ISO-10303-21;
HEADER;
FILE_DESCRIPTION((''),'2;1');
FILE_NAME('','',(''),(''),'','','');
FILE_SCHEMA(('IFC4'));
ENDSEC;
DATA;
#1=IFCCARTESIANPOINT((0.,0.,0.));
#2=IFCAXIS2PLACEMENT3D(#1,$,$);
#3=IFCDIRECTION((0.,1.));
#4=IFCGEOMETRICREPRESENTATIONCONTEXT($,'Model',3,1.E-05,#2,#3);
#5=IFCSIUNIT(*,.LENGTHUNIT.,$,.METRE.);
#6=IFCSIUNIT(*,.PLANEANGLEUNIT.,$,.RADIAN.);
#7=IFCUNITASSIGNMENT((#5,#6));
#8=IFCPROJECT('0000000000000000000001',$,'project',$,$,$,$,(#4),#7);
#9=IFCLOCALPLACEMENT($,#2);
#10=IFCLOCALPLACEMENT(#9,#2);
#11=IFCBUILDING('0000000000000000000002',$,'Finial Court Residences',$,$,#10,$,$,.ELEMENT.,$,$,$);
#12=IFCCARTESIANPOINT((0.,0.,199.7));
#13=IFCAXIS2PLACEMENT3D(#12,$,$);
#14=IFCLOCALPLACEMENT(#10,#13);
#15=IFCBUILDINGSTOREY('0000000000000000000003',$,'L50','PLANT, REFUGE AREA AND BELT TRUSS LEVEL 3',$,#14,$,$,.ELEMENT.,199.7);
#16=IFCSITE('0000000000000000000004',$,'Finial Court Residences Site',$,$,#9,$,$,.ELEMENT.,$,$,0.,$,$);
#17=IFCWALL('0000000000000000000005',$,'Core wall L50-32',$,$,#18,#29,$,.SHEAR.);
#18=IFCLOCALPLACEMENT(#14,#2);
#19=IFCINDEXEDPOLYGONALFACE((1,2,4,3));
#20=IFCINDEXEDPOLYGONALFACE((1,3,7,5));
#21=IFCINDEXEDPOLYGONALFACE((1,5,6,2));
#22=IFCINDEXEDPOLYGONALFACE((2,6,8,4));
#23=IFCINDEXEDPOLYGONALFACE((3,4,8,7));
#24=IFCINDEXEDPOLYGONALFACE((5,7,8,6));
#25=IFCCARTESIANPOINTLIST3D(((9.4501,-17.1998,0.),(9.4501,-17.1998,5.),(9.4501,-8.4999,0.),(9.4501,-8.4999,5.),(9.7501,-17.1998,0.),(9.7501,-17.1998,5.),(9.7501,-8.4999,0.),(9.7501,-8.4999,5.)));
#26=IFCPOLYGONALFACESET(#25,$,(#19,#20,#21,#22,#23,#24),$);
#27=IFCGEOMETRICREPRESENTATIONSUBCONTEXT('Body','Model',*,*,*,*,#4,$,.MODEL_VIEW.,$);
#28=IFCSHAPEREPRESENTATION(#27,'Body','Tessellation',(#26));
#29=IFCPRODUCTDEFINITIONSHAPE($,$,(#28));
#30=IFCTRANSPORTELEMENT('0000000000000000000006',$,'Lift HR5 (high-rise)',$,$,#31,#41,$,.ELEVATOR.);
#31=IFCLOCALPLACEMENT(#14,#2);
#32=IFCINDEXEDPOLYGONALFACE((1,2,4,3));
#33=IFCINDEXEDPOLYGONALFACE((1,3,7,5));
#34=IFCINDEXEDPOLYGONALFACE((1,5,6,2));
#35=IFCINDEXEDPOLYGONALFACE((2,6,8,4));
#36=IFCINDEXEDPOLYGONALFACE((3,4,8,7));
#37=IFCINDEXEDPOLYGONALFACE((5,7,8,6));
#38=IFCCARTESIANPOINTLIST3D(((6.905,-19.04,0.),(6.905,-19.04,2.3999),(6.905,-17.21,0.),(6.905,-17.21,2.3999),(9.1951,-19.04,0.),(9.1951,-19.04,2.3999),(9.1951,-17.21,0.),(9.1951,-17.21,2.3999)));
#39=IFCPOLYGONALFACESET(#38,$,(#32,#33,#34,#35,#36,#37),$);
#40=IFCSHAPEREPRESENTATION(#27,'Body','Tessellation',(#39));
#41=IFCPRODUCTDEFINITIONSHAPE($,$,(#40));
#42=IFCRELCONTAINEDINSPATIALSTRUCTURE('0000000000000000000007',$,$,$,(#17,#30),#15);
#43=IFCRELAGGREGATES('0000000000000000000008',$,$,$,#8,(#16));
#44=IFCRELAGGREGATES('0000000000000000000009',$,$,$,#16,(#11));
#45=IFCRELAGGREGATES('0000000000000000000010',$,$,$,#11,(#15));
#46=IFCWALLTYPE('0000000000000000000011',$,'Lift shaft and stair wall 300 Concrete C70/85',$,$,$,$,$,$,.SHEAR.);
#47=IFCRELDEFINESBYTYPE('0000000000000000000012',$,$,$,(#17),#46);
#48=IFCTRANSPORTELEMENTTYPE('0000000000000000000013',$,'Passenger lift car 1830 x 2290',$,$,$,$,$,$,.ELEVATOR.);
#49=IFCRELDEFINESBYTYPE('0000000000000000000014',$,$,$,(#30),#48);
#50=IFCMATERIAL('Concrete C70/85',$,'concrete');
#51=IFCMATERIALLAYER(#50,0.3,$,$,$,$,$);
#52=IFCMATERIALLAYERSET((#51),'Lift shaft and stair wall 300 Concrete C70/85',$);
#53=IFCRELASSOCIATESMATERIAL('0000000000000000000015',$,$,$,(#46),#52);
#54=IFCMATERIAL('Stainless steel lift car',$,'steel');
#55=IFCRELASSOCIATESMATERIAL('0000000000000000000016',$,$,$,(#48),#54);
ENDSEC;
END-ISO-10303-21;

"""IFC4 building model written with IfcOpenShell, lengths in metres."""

from ifc_helpers import new_model, si_unit, direction, frame, frame_2d, origin, origin_2d, place, context, subcontext, project, spatial, rectangle, extrude, material, layer, layer_set, type_object, element, save


model = new_model("IFC4")

# Units and contexts
model_context = context("Model", 3, precision=1e-05, world=origin(), true_north=direction((0.0, 1.0)))
body_context = subcontext(model_context, "Body", "Model", "MODEL_VIEW")
ifc_project = project(units=[si_unit("LENGTHUNIT", "METRE"), si_unit("PLANEANGLEUNIT", "RADIAN")], contexts=[model_context])

# Site, building, storey
site_placement = place(None, origin())
site = spatial("IfcSite", under=ifc_project, at=site_placement, Name="Finial Court Residences Site", CompositionType="ELEMENT", RefElevation=0.0)
building_placement = place(site_placement, origin())
building = spatial("IfcBuilding", under=site, at=building_placement, Name="Finial Court Residences", CompositionType="ELEMENT")
storey_placement = place(building_placement, frame((0.0, 0.0, 199.7)))
storey = spatial("IfcBuildingStorey", under=building, at=storey_placement, Name="L50", Description="PLANT, REFUGE AREA AND BELT TRUSS LEVEL 3", CompositionType="ELEMENT", Elevation=199.7)

# Shared definitions
ifc_material_1 = material(Name="Concrete C70/85", Category="concrete")
ifc_layer = layer(ifc_material_1, 0.3)
ifc_layer_set = layer_set([ifc_layer], Name="Lift shaft and stair wall 300 Concrete C70/85")
wall_type = type_object("IfcWallType", Name="Lift shaft and stair wall 300 Concrete C70/85", PredefinedType="SHEAR", material=ifc_layer_set)

# Wall
wall_1_placement = place(storey_placement, frame((9.6001, -17.2, 0.0), z_axis=(0.0, 0.0, 1.0), x_axis=(0.0, 1.0, 0.0)))
element("IfcWall", 1, at=wall_1_placement, inside=storey, type_object=wall_type, Name="Core wall L50-32", PredefinedType="SHEAR", context=body_context, shape_type="SweptSolid", body=[
    extrude(rectangle(XDim=8.7, YDim=0.3, at=frame_2d((4.3501, 0.0))), origin(), (0.0, 0.0, 1.0), 5.0),
])

# Transport element
ifc_material_2 = material(Name="Stainless steel lift car", Category="steel")
transport_element_type = type_object("IfcTransportElementType", Name="Passenger lift car 1830 x 2290", PredefinedType="ELEVATOR", material=ifc_material_2)
transport_element_placement = place(storey_placement, frame((8.05, -18.125, 0.0), z_axis=(0.0, 0.0, 1.0), x_axis=(1.0, 0.0, 0.0)))
element("IfcTransportElement", 2, at=transport_element_placement, inside=storey, type_object=transport_element_type, Name="Lift HR5 (high-rise)", PredefinedType="ELEVATOR", context=body_context, shape_type="SweptSolid", body=[
    extrude(rectangle(XDim=2.29, YDim=1.8301, at=origin_2d()), origin(), (0.0, 0.0, 1.0), 2.3999),
])

save(model, "model.ifc")
